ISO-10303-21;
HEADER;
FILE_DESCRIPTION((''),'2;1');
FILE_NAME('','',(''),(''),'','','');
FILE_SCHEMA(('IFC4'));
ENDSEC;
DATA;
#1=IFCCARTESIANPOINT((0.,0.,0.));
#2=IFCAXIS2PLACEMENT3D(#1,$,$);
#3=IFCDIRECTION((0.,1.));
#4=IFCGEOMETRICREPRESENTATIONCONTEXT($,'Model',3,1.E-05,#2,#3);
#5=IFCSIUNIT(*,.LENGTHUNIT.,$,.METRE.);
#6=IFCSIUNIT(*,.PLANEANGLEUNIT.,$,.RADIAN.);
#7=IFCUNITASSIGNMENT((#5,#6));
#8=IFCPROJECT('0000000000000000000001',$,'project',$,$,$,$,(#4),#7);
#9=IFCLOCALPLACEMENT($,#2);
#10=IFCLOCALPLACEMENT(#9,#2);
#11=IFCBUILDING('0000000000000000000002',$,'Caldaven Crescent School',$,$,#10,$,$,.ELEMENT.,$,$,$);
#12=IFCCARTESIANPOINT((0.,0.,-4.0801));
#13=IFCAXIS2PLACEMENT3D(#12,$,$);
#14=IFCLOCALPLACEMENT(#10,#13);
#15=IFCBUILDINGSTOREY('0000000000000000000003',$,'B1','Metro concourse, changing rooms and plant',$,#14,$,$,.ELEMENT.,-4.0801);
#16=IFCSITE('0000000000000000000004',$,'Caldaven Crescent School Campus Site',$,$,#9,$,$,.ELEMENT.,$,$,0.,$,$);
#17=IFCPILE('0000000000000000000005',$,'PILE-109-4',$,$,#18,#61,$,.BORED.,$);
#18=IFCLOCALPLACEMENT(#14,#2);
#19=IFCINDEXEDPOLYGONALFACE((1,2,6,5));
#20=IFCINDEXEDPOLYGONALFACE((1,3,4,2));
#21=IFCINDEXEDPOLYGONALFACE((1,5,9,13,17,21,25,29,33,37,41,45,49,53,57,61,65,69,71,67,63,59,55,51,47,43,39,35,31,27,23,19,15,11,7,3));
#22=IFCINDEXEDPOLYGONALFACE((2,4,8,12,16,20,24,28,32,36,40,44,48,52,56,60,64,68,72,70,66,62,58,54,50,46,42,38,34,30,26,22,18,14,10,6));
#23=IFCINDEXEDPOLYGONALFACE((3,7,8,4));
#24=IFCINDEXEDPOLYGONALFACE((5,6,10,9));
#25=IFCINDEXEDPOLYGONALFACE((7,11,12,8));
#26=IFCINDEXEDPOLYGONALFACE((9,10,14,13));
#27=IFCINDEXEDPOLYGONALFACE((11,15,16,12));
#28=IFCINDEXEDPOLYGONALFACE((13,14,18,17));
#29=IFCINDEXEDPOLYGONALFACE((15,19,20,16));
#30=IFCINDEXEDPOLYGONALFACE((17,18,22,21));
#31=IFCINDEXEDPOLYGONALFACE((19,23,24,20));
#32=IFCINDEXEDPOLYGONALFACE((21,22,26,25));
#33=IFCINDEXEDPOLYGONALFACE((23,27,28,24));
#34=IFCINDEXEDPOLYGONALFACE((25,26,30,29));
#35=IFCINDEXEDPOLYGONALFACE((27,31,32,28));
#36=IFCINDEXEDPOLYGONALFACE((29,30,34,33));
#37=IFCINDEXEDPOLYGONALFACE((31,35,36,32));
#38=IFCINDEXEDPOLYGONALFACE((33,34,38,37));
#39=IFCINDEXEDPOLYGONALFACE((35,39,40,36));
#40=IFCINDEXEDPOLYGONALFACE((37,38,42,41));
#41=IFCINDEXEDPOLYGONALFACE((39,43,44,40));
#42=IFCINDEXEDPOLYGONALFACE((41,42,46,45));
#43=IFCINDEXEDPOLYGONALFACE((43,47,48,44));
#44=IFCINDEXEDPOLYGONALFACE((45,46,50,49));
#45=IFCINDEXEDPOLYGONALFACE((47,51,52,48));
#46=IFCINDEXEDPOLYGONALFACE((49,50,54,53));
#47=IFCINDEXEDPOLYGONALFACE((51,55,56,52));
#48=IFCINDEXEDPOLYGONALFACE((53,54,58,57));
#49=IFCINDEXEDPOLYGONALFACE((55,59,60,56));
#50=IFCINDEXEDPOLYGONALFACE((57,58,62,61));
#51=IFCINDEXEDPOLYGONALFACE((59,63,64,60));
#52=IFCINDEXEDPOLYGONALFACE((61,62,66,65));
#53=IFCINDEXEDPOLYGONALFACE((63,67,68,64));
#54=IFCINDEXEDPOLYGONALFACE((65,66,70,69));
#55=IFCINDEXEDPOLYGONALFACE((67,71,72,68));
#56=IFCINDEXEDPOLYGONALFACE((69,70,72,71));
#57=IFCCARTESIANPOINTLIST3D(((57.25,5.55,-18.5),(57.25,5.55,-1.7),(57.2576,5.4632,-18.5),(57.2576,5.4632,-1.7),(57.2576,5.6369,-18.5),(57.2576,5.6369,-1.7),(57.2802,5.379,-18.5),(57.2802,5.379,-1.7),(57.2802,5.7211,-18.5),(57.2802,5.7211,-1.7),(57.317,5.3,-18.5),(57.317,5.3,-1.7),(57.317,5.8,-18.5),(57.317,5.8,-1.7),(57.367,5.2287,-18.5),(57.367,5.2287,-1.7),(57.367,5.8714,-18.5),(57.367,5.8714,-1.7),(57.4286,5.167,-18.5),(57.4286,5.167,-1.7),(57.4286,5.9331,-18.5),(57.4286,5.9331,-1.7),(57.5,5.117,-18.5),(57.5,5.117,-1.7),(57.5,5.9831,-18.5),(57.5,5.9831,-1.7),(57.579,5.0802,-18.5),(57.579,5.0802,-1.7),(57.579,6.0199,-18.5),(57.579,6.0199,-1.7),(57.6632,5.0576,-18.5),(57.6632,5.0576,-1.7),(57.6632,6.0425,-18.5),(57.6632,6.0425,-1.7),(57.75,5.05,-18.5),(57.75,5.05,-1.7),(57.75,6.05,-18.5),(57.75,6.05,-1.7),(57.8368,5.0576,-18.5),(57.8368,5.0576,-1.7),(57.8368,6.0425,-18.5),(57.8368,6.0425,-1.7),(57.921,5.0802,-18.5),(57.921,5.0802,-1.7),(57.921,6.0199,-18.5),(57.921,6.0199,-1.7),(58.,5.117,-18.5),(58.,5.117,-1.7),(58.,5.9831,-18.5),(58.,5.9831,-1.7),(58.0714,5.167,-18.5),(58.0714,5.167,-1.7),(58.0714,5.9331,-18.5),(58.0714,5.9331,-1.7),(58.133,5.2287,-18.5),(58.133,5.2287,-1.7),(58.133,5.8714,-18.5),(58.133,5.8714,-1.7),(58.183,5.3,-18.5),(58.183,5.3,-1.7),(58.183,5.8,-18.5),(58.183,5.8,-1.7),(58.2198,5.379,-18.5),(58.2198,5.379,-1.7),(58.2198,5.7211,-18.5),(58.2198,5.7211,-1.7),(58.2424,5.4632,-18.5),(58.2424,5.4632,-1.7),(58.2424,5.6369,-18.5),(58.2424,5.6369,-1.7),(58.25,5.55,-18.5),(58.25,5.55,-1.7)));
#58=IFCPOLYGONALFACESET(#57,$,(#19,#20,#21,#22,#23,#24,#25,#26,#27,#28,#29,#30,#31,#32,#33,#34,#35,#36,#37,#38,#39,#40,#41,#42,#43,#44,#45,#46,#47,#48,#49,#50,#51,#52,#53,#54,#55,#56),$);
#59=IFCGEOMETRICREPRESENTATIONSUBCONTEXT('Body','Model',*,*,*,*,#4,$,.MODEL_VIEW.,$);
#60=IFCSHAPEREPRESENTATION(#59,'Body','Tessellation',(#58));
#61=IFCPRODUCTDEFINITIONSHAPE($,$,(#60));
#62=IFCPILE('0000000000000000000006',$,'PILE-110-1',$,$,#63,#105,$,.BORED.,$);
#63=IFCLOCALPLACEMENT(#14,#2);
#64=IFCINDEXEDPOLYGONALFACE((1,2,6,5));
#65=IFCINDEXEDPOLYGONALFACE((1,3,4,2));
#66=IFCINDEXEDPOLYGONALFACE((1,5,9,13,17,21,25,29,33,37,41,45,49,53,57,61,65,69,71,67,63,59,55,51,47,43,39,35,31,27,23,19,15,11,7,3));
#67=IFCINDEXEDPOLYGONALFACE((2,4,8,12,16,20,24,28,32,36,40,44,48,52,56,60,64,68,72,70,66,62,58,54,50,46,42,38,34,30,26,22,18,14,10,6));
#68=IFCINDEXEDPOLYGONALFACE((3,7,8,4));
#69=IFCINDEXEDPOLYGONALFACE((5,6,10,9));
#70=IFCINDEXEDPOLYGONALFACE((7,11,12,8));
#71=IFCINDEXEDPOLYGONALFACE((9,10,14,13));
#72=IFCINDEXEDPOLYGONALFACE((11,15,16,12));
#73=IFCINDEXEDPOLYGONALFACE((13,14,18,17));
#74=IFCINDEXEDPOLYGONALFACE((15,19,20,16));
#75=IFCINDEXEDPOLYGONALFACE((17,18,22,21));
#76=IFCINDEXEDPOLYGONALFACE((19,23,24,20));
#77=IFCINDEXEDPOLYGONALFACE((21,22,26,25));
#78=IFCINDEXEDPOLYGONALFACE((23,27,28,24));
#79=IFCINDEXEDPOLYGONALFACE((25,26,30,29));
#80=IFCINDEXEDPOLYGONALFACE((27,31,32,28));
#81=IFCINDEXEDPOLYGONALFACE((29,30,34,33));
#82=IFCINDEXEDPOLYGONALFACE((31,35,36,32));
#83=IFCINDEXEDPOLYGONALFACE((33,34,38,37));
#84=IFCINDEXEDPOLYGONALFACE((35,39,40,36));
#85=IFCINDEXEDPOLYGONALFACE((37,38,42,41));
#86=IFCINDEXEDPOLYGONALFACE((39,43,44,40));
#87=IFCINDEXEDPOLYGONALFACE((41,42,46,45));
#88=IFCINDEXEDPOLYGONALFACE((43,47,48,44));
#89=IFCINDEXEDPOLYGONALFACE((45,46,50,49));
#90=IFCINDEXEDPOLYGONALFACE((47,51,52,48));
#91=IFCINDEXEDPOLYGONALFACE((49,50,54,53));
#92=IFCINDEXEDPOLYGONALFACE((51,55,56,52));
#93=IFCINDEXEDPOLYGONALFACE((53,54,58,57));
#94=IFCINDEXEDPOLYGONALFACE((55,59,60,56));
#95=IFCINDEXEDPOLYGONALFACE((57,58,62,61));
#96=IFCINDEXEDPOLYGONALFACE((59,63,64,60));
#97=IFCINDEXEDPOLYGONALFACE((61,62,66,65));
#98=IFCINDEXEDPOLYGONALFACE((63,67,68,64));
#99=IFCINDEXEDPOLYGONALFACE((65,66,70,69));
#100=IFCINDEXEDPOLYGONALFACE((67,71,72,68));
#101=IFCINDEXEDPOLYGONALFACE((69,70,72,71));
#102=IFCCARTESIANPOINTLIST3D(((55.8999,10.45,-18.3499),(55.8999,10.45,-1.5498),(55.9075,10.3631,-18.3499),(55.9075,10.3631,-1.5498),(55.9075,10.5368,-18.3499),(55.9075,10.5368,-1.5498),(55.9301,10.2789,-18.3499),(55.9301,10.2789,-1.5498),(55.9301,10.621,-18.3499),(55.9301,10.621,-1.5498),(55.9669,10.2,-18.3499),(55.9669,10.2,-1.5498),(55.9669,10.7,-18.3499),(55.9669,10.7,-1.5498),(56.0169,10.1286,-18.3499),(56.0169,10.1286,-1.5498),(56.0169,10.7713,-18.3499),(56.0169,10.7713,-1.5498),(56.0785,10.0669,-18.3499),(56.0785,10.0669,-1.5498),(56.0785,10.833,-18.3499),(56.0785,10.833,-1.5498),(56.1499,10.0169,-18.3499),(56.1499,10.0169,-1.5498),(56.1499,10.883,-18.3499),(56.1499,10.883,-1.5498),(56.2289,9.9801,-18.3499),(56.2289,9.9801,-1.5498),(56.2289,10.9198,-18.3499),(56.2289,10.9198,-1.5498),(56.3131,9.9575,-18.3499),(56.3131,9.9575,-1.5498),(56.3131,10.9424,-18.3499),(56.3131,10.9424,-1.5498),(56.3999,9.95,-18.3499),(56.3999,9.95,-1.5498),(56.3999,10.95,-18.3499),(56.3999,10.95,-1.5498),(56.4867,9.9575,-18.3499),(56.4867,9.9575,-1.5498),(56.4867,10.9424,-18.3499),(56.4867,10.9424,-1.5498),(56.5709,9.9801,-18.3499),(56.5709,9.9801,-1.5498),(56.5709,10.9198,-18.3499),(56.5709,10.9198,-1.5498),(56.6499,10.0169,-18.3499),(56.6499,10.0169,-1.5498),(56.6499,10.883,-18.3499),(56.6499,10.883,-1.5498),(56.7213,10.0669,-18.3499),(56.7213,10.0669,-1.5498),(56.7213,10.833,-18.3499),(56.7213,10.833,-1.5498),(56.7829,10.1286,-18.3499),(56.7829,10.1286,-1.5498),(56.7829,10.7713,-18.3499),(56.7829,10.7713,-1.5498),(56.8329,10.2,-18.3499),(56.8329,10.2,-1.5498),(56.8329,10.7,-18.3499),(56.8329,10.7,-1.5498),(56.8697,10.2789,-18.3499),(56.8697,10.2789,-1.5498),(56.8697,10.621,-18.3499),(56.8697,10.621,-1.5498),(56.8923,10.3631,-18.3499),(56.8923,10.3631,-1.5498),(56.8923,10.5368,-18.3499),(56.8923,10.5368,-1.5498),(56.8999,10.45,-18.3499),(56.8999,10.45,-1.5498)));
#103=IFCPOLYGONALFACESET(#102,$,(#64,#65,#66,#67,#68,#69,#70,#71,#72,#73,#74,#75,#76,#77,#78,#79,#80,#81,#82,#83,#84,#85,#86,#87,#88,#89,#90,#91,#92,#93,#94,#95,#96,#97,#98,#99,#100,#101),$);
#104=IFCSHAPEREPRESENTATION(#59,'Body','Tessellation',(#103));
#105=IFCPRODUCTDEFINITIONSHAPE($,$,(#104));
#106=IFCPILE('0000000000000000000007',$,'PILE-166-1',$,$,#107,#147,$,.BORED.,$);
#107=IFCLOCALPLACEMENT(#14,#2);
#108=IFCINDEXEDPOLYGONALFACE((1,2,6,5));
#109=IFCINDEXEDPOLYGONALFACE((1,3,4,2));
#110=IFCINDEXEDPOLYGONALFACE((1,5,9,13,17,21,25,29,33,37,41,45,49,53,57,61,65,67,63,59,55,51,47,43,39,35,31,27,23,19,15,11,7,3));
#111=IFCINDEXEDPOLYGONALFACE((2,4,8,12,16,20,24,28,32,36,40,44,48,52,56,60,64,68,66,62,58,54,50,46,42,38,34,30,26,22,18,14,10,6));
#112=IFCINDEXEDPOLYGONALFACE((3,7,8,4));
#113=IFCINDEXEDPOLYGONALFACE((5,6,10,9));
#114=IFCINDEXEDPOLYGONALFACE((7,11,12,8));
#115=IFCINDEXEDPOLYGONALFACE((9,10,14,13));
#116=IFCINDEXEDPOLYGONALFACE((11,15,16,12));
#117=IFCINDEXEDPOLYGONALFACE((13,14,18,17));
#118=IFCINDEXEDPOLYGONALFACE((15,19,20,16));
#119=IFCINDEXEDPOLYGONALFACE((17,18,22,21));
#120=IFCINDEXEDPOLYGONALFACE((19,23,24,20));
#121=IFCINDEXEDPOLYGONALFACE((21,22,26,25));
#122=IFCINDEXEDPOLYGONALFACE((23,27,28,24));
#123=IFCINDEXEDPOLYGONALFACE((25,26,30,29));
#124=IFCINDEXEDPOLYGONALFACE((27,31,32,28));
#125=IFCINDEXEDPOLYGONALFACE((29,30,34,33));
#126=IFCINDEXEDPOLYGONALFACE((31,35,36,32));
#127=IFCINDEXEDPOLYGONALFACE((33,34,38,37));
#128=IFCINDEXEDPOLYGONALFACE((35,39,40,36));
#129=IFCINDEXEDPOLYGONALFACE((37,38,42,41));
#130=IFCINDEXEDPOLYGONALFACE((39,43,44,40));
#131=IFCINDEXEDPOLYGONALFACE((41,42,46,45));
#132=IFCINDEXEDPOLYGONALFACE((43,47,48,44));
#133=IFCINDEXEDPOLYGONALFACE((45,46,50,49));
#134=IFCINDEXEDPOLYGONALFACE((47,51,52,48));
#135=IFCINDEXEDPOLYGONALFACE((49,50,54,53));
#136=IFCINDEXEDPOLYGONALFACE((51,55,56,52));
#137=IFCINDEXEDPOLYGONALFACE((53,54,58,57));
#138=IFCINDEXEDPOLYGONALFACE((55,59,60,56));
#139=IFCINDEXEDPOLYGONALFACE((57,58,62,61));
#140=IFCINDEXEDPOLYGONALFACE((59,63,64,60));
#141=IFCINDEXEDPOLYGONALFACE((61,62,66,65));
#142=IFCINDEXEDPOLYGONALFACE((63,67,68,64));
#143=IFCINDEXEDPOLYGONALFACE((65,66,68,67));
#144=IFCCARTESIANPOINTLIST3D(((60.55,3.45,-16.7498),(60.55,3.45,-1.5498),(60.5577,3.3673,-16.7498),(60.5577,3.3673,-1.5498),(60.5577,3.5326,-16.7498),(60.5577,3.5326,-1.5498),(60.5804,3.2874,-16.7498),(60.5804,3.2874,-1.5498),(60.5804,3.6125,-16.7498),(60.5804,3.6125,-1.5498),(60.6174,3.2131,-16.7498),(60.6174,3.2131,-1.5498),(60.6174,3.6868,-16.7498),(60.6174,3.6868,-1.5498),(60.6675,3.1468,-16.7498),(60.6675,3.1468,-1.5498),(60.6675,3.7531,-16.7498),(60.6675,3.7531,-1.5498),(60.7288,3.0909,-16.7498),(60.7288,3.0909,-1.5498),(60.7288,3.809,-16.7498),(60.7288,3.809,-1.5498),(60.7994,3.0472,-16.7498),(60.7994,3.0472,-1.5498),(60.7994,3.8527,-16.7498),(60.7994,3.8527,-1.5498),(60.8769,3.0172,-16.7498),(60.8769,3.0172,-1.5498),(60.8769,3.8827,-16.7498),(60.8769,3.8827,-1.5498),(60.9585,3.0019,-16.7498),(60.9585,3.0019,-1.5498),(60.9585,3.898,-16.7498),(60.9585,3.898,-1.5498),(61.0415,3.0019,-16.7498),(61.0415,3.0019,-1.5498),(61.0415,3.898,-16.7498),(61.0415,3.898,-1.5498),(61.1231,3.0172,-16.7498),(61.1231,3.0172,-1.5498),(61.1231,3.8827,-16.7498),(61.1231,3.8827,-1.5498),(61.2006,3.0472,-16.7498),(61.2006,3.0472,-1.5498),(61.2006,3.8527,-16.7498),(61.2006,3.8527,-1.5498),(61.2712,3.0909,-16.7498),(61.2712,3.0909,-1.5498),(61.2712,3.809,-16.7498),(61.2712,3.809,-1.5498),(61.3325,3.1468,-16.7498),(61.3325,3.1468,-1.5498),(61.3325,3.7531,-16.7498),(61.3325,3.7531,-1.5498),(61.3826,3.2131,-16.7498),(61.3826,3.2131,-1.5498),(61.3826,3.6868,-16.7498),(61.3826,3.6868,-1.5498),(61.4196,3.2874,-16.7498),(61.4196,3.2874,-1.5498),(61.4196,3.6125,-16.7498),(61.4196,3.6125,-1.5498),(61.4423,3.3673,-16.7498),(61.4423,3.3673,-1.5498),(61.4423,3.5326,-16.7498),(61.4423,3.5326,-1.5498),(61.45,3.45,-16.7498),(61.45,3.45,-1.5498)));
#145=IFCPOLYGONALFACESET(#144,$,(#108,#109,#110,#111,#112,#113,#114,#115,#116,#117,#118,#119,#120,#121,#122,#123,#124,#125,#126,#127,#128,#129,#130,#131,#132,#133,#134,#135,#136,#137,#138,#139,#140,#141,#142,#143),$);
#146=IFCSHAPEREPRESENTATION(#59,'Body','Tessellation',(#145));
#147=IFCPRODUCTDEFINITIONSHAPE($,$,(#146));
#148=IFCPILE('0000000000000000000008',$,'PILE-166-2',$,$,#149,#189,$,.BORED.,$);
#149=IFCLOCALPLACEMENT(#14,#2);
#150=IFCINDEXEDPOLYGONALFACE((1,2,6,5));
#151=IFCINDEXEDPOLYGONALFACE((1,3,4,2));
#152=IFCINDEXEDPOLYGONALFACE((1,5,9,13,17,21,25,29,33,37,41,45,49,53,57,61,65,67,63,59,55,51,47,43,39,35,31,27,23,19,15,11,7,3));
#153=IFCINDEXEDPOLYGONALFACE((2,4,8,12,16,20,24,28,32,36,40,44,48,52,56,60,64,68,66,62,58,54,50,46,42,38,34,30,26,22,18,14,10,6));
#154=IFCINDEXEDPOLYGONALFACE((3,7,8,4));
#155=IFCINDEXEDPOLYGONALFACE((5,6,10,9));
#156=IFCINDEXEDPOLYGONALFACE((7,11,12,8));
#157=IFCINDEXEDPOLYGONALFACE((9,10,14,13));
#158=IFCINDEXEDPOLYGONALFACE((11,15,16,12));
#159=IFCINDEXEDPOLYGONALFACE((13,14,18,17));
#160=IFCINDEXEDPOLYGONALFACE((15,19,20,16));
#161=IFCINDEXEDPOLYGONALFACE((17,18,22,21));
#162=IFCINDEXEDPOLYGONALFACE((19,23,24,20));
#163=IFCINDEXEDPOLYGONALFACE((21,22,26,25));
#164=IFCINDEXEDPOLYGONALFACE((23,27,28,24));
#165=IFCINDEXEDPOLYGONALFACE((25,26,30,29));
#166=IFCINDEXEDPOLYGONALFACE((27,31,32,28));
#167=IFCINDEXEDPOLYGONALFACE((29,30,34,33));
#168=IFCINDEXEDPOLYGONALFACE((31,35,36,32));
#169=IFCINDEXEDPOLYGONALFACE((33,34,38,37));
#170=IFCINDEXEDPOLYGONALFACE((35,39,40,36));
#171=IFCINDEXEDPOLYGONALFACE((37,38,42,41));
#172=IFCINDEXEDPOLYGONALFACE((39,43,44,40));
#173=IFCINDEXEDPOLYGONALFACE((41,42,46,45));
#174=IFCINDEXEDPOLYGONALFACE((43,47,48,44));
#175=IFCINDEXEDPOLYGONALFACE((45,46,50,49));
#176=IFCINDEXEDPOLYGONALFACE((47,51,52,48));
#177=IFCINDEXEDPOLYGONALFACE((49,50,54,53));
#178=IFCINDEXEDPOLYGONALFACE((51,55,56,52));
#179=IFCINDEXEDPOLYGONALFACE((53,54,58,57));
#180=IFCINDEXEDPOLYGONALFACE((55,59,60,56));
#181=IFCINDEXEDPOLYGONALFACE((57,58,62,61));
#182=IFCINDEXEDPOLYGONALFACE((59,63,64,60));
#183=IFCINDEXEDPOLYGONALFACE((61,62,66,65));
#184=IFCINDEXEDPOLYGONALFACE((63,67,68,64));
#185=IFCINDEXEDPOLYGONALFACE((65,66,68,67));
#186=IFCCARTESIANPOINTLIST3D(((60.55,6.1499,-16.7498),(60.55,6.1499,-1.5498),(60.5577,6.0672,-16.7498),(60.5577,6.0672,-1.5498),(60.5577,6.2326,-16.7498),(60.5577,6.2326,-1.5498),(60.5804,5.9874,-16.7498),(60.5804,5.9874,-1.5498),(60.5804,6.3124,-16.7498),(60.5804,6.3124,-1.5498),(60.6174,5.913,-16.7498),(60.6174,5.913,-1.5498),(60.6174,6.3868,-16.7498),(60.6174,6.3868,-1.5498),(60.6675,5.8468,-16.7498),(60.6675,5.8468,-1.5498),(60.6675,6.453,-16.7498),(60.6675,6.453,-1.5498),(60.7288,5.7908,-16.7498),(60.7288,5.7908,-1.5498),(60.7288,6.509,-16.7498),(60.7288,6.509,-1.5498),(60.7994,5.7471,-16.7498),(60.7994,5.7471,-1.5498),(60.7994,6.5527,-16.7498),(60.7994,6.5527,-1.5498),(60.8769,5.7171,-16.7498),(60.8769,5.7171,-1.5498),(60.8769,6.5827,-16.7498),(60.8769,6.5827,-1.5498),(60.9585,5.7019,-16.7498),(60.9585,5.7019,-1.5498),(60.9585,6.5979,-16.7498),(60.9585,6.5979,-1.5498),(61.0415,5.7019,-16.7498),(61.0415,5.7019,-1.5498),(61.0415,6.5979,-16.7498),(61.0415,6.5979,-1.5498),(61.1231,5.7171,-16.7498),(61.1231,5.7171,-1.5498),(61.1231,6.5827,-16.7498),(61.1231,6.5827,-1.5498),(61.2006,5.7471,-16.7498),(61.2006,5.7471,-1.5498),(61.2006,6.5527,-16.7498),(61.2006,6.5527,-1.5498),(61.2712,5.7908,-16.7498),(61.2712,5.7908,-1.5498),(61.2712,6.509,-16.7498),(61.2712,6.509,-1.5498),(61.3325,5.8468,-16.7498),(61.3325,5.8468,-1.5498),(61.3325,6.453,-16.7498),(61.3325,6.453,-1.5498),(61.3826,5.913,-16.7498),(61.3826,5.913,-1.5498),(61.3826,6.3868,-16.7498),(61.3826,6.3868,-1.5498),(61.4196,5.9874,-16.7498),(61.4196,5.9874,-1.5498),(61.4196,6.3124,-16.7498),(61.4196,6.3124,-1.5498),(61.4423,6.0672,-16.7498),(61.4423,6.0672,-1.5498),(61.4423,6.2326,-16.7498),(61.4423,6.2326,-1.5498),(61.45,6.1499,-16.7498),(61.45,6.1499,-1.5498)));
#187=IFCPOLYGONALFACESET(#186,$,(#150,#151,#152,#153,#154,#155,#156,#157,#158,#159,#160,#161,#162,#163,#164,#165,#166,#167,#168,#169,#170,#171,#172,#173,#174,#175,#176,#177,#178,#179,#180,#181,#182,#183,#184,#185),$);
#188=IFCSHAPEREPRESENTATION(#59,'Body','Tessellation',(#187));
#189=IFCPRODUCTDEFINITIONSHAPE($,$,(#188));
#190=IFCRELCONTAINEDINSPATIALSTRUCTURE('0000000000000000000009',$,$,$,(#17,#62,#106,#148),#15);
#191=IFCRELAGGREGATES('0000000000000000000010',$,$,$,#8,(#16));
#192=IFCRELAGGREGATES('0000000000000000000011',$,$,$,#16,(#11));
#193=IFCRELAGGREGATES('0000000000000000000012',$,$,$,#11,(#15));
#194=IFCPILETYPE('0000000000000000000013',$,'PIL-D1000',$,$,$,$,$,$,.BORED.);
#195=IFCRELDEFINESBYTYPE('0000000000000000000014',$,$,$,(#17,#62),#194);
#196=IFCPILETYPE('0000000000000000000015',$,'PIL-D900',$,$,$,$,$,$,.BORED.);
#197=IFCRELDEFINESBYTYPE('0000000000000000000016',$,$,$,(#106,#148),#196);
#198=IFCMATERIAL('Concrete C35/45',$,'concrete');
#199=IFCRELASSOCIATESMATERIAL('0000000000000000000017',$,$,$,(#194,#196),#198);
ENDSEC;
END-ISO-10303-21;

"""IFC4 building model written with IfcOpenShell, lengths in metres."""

from ifc_helpers import new_model, si_unit, direction, frame, origin, origin_2d, place, context, subcontext, project, spatial, circle, extrude, material, material_profile, profile_set, type_object, element, save


model = new_model("IFC4")

# Units and contexts
model_context = context("Model", 3, precision=1e-05, world=origin(), true_north=direction((0.0, 1.0)))
body_context = subcontext(model_context, "Body", "Model", "MODEL_VIEW")
ifc_project = project(units=[si_unit("LENGTHUNIT", "METRE"), si_unit("PLANEANGLEUNIT", "RADIAN")], contexts=[model_context])

# Site, building, storey
site_placement = place(None, origin())
site = spatial("IfcSite", under=ifc_project, at=site_placement, Name="Caldaven Crescent School Campus Site", CompositionType="ELEMENT", RefElevation=0.0)
building_placement = place(site_placement, origin())
building = spatial("IfcBuilding", under=site, at=building_placement, Name="Caldaven Crescent School", CompositionType="ELEMENT")
storey_placement = place(building_placement, frame((0.0, 0.0, -4.0801)))
storey = spatial("IfcBuildingStorey", under=building, at=storey_placement, Name="B1", Description="Metro concourse, changing rooms and plant", CompositionType="ELEMENT", Elevation=-4.0801)

# Shared definitions
ifc_material_1 = material(Name="Concrete C35/45", Category="concrete")

# Piles
ifc_material_profile_1 = material_profile(ifc_material_1, circle(Radius=0.5, at=origin_2d()), Name="PILE D1000")
ifc_profile_set_1 = profile_set([ifc_material_profile_1], Name="Concrete C35/45")
pile_type_1 = type_object("IfcPileType", Name="PIL-D1000", PredefinedType="BORED", material=ifc_profile_set_1)
for number, where, z_axis, x_axis, name in (
    (1, (57.75, 5.55, -1.7), (0.0, 0.0, -1.0), (1.0, 0.0, 0.0), "PILE-109-4"),
    (2, (56.3999, 10.45, -1.5498), (0.0, 0.0, -1.0), (1.0, 0.0, 0.0), "PILE-110-1"),
):
    element("IfcPile", number, at=place(storey_placement, frame(where, z_axis=z_axis, x_axis=x_axis)), inside=storey, type_object=pile_type_1, Name=name, PredefinedType="BORED", context=body_context, shape_type="SweptSolid", body=[
        extrude(circle(Radius=0.5, at=origin_2d()), origin(), (0.0, 0.0, 1.0), 16.8),
    ])
ifc_material_profile_2 = material_profile(ifc_material_1, circle(Radius=0.45, at=origin_2d()), Name="PILE D900")
ifc_profile_set_2 = profile_set([ifc_material_profile_2], Name="Concrete C35/45")
pile_type_2 = type_object("IfcPileType", Name="PIL-D900", PredefinedType="BORED", material=ifc_profile_set_2)
for number, where, z_axis, x_axis, name in (
    (3, (61.0, 3.45, -1.5498), (0.0, 0.0, -1.0), (1.0, 0.0, 0.0), "PILE-166-1"),
    (4, (61.0, 6.1499, -1.5498), (0.0, 0.0, -1.0), (1.0, 0.0, 0.0), "PILE-166-2"),
):
    element("IfcPile", number, at=place(storey_placement, frame(where, z_axis=z_axis, x_axis=x_axis)), inside=storey, type_object=pile_type_2, Name=name, PredefinedType="BORED", context=body_context, shape_type="SweptSolid", body=[
        extrude(circle(Radius=0.45, at=origin_2d()), origin(), (0.0, 0.0, 1.0), 15.2),
    ])

save(model, "model.ifc")
